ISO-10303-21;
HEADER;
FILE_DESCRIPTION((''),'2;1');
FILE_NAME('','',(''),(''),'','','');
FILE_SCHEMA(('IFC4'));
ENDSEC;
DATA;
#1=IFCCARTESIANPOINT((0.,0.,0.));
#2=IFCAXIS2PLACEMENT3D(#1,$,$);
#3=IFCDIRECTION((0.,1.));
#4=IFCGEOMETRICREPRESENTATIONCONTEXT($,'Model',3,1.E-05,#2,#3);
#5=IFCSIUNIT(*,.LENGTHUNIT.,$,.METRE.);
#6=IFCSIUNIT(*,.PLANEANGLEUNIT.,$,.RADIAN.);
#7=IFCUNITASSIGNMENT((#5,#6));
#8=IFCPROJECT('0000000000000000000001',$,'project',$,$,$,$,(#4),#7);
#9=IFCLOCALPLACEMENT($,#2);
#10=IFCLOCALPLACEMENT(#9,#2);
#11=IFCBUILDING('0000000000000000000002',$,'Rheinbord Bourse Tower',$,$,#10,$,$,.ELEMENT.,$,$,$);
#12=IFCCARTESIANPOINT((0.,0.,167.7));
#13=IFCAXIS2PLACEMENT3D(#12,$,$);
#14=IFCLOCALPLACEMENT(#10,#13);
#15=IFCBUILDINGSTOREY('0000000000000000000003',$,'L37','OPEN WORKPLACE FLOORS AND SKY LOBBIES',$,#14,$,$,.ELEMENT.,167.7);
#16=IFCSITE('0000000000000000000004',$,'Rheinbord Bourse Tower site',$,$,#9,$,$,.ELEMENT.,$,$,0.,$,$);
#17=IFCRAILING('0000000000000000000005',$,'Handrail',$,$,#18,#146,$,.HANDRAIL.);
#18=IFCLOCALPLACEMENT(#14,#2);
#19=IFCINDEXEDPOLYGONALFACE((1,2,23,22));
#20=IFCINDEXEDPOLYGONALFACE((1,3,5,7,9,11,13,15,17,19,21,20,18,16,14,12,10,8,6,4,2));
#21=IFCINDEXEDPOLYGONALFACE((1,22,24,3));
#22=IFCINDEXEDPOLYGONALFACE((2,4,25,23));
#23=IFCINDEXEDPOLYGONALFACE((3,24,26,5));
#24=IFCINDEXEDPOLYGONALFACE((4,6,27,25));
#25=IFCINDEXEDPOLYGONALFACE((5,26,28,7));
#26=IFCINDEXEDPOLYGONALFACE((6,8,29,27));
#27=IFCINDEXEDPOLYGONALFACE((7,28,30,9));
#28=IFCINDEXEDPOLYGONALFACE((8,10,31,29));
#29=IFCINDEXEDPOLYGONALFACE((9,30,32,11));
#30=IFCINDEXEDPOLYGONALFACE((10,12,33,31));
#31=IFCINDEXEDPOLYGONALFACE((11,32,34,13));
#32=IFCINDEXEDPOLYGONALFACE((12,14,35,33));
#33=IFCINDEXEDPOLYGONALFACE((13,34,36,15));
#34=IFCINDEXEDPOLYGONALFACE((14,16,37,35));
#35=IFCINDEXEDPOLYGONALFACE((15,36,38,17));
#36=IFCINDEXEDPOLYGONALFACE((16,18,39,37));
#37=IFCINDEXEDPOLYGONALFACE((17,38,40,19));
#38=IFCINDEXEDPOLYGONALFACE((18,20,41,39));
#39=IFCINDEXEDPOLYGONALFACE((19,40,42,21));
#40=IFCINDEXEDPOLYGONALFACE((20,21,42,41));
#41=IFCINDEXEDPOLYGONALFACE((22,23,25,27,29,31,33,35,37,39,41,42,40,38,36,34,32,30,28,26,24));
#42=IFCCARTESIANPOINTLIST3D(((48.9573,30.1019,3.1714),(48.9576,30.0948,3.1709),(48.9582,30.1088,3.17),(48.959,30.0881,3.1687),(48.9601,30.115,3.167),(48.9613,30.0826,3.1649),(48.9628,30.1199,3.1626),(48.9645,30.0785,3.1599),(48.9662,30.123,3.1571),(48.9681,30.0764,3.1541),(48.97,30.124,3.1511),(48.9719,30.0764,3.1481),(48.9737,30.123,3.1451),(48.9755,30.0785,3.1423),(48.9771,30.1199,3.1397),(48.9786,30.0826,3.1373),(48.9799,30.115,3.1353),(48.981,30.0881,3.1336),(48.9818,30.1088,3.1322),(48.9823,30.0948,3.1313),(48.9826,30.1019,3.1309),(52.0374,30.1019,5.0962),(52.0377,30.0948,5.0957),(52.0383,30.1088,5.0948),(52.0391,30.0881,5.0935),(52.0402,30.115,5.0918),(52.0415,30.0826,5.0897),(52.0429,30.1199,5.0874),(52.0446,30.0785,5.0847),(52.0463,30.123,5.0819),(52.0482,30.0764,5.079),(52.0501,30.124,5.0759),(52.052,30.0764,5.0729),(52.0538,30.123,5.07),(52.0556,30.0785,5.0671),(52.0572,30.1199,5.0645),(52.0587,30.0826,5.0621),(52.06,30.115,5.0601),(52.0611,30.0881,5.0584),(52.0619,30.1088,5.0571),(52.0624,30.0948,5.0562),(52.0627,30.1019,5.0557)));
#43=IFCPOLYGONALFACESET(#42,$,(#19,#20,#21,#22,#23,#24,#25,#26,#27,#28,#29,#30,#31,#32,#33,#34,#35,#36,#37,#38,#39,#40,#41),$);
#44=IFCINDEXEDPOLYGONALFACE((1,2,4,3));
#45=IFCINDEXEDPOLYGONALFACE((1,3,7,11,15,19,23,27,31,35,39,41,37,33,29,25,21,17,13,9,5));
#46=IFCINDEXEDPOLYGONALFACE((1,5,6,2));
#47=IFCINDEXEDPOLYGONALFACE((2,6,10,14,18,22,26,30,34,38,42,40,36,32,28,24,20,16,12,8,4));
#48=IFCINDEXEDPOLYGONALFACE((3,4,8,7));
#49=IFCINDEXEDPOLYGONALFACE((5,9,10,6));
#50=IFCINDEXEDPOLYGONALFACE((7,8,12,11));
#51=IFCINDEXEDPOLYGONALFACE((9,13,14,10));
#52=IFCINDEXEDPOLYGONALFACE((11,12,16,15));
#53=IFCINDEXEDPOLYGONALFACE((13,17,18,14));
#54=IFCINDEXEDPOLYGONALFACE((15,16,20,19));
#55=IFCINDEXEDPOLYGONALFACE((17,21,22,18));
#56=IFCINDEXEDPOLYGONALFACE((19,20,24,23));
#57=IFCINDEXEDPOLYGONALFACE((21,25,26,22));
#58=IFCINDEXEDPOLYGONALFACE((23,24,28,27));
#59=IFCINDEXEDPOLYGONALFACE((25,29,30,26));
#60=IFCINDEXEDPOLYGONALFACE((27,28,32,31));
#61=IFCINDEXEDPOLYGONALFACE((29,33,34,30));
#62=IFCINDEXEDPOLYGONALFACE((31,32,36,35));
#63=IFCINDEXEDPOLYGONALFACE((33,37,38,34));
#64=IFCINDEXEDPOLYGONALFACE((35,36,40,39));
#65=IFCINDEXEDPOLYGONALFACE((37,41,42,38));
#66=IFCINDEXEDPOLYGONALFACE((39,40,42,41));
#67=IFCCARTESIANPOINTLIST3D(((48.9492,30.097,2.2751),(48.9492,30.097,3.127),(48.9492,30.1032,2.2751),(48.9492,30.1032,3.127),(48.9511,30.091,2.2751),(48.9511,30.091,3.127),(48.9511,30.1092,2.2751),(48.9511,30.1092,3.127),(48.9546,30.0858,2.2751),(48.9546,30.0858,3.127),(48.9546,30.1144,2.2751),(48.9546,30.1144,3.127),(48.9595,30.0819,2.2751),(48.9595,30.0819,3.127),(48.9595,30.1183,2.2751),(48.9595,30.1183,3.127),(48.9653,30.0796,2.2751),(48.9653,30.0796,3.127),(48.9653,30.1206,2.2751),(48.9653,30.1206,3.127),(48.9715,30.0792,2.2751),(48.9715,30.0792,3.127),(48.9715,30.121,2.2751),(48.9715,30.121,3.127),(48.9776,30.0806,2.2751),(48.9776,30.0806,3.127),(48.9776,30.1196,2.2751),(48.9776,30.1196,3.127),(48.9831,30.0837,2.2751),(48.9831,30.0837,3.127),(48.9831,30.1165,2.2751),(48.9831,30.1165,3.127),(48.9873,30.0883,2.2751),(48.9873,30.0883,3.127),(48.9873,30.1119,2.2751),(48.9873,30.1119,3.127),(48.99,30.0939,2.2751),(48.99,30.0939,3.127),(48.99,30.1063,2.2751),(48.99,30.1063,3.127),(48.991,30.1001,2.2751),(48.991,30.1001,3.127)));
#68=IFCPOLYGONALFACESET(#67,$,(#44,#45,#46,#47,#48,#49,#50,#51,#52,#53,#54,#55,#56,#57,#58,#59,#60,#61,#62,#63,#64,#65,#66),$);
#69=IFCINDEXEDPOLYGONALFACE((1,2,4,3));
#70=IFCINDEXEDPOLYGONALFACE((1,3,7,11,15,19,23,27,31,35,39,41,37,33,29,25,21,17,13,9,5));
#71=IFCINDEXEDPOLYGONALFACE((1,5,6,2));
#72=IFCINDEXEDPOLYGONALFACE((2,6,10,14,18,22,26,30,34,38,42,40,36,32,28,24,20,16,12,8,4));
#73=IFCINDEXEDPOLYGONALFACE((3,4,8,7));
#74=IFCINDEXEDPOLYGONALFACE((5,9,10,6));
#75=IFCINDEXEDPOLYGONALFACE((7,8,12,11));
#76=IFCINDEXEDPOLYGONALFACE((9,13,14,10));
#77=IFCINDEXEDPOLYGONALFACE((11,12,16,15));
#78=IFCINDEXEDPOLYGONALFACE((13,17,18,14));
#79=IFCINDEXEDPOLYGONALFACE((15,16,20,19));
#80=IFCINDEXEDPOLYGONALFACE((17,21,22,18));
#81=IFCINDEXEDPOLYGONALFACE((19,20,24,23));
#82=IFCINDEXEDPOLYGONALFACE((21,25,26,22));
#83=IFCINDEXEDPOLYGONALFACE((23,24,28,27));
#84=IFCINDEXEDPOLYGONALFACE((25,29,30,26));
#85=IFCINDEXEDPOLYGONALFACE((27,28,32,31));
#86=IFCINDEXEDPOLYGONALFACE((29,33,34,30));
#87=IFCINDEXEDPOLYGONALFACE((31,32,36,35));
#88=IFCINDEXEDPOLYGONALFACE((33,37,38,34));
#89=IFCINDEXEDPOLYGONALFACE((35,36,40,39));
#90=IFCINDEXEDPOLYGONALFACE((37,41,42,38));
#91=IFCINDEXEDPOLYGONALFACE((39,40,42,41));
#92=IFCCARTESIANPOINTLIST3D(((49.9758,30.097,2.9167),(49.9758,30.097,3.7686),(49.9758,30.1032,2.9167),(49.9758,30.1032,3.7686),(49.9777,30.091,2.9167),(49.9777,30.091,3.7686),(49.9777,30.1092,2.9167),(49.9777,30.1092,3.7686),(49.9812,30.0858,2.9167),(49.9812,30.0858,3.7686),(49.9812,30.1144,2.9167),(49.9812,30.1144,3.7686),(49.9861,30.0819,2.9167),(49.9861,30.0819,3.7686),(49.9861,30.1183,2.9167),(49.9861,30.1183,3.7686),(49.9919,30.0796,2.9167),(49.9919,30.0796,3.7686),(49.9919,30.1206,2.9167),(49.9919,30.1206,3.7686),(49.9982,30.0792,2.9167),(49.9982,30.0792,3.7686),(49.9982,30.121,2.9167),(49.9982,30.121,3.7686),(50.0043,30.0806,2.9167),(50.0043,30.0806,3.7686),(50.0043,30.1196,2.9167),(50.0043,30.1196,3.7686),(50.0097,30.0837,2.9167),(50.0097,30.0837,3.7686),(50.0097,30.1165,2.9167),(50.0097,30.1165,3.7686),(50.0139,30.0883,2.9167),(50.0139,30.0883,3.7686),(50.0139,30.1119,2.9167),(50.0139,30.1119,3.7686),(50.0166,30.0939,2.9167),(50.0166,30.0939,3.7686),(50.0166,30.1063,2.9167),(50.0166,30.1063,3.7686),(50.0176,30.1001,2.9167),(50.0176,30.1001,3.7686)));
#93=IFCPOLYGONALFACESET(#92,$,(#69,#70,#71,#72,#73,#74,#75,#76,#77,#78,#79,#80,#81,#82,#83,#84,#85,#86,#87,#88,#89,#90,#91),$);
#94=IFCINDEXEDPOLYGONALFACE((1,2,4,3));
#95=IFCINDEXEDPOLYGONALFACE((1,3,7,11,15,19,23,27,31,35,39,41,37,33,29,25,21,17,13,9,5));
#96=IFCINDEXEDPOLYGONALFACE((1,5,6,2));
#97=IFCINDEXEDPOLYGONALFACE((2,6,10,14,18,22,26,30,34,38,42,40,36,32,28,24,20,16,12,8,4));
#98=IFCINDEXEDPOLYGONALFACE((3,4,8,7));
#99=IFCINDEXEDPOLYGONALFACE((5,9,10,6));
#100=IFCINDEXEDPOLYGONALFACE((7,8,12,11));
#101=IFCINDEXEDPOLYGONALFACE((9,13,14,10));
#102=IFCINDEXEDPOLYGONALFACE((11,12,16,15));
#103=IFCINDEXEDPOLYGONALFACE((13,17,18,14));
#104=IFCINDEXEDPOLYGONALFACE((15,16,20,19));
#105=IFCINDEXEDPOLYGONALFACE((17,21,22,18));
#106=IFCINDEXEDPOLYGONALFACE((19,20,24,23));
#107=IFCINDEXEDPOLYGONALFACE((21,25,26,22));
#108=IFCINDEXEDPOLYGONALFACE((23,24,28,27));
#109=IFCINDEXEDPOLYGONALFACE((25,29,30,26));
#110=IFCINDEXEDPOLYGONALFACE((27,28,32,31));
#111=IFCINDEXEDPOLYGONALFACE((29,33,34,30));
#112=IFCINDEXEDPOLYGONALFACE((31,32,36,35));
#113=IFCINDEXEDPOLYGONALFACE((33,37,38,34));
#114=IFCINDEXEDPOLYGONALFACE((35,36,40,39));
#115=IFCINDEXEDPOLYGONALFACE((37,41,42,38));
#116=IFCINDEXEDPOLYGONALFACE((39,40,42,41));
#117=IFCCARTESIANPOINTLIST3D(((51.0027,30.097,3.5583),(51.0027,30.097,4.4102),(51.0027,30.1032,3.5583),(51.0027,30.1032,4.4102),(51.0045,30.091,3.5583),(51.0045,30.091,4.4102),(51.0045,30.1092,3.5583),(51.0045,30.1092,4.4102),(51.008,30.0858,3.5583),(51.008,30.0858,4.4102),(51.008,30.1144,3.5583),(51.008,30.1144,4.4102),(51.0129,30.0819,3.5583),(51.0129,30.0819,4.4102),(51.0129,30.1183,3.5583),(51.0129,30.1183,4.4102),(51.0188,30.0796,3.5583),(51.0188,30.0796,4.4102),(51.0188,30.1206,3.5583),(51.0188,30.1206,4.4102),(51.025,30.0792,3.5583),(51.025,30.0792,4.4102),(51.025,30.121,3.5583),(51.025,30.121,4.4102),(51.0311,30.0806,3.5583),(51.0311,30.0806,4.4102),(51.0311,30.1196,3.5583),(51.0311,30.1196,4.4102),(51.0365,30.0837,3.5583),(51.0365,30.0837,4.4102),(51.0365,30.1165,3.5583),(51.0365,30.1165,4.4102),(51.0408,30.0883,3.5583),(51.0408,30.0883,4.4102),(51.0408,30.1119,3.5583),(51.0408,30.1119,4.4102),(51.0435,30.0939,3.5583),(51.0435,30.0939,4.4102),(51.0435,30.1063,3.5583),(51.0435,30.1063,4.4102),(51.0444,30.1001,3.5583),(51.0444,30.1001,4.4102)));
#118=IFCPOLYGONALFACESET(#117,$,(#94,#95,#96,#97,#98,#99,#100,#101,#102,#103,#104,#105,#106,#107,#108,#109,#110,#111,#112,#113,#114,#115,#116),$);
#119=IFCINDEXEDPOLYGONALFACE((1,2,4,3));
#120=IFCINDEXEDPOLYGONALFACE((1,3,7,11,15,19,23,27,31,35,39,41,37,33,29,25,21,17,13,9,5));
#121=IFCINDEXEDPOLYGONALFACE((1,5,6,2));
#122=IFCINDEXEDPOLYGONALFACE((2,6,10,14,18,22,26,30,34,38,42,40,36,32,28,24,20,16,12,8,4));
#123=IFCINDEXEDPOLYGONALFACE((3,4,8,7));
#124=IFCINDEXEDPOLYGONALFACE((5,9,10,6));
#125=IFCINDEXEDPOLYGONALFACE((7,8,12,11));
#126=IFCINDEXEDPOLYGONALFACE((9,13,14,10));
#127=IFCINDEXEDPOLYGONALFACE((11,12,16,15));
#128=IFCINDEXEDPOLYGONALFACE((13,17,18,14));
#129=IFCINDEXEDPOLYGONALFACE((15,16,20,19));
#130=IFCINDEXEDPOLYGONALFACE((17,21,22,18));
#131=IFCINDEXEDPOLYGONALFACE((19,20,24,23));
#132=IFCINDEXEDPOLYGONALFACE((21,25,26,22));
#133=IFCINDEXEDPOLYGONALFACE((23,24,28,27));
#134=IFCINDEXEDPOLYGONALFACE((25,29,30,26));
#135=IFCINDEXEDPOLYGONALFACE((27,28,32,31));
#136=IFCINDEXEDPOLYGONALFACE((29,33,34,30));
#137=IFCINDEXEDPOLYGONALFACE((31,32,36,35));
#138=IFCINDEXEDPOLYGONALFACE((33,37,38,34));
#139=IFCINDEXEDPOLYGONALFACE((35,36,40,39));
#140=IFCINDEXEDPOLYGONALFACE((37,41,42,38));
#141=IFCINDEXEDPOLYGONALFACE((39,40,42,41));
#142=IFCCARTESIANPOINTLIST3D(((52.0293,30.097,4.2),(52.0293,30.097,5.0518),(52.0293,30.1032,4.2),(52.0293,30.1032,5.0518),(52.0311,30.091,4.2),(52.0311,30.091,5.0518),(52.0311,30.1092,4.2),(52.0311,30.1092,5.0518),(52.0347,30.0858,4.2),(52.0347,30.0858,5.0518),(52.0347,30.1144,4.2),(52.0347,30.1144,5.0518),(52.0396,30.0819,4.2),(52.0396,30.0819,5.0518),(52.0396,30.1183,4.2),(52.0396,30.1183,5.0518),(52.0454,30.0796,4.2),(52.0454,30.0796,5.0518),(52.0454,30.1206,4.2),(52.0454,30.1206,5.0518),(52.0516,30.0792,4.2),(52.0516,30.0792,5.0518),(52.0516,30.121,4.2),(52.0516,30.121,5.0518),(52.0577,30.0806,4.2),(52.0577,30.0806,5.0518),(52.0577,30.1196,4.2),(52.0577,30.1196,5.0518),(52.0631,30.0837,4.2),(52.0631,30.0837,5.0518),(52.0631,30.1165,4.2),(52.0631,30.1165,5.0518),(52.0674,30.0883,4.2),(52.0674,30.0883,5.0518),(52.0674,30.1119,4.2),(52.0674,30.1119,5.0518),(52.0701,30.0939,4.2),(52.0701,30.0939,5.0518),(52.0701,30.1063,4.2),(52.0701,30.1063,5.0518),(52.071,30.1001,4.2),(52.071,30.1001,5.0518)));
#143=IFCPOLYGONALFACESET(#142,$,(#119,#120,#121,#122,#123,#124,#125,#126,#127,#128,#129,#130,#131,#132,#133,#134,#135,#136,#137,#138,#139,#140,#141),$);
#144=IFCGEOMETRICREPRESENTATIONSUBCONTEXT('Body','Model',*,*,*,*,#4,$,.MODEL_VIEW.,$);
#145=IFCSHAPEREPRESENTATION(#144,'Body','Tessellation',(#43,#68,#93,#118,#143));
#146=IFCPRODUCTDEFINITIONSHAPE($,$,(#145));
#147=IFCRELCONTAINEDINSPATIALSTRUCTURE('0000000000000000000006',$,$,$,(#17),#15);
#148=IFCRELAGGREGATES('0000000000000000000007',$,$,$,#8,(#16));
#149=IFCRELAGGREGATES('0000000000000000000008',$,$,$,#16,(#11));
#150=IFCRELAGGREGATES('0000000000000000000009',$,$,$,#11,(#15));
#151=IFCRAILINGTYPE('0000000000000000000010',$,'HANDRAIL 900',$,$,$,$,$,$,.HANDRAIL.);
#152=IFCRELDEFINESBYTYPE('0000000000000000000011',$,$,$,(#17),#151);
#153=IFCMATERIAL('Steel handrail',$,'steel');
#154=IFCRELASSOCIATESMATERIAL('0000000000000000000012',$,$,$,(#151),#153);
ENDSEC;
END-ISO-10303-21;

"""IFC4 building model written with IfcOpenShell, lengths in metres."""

from ifc_helpers import new_model, si_unit, direction, frame, origin, origin_2d, place, context, subcontext, project, spatial, circle, extrude, material, type_object, element, save


model = new_model("IFC4")

# Units and contexts
model_context = context("Model", 3, precision=1e-05, world=origin(), true_north=direction((0.0, 1.0)))
body_context = subcontext(model_context, "Body", "Model", "MODEL_VIEW")
ifc_project = project(units=[si_unit("LENGTHUNIT", "METRE"), si_unit("PLANEANGLEUNIT", "RADIAN")], contexts=[model_context])

# Site, building, storey
site_placement = place(None, origin())
site = spatial("IfcSite", under=ifc_project, at=site_placement, Name="Rheinbord Bourse Tower site", CompositionType="ELEMENT", RefElevation=0.0)
building_placement = place(site_placement, origin())
building = spatial("IfcBuilding", under=site, at=building_placement, Name="Rheinbord Bourse Tower", CompositionType="ELEMENT")
storey_placement = place(building_placement, frame((0.0, 0.0, 167.7)))
storey = spatial("IfcBuildingStorey", under=building, at=storey_placement, Name="L37", Description="OPEN WORKPLACE FLOORS AND SKY LOBBIES", CompositionType="ELEMENT", Elevation=167.7)

# Railing
ifc_material_1 = material(Name="Steel handrail", Category="steel")
railing_type = type_object("IfcRailingType", Name="HANDRAIL 900", PredefinedType="HANDRAIL", material=ifc_material_1)
railing_1_placement = place(storey_placement, frame((48.97, 30.1001, 2.2751)))
element("IfcRailing", 1, at=railing_1_placement, inside=storey, type_object=railing_type, Name="Handrail", PredefinedType="HANDRAIL", context=body_context, shape_type="SweptSolid", body=[
    extrude(circle(Radius=0.0239, at=origin_2d()), frame((0.0, 0.0, 0.876), z_axis=(0.848029, 0.0, 0.529951), x_axis=(0.0, 1.0, 0.0)), (0.0, 0.0, 1.0), 3.6321),
    extrude(circle(Radius=0.021, at=origin_2d()), origin(), (0.0, 0.0, 1.0), 0.8518),
    extrude(circle(Radius=0.021, at=origin_2d()), frame((1.0266, 0.0, 0.6416)), (0.0, 0.0, 1.0), 0.8518),
    extrude(circle(Radius=0.021, at=origin_2d()), frame((2.0535, 0.0, 1.2832)), (0.0, 0.0, 1.0), 0.8518),
    extrude(circle(Radius=0.021, at=origin_2d()), frame((3.0801, 0.0, 1.9248)), (0.0, 0.0, 1.0), 0.8518),
])

save(model, "model.ifc")
